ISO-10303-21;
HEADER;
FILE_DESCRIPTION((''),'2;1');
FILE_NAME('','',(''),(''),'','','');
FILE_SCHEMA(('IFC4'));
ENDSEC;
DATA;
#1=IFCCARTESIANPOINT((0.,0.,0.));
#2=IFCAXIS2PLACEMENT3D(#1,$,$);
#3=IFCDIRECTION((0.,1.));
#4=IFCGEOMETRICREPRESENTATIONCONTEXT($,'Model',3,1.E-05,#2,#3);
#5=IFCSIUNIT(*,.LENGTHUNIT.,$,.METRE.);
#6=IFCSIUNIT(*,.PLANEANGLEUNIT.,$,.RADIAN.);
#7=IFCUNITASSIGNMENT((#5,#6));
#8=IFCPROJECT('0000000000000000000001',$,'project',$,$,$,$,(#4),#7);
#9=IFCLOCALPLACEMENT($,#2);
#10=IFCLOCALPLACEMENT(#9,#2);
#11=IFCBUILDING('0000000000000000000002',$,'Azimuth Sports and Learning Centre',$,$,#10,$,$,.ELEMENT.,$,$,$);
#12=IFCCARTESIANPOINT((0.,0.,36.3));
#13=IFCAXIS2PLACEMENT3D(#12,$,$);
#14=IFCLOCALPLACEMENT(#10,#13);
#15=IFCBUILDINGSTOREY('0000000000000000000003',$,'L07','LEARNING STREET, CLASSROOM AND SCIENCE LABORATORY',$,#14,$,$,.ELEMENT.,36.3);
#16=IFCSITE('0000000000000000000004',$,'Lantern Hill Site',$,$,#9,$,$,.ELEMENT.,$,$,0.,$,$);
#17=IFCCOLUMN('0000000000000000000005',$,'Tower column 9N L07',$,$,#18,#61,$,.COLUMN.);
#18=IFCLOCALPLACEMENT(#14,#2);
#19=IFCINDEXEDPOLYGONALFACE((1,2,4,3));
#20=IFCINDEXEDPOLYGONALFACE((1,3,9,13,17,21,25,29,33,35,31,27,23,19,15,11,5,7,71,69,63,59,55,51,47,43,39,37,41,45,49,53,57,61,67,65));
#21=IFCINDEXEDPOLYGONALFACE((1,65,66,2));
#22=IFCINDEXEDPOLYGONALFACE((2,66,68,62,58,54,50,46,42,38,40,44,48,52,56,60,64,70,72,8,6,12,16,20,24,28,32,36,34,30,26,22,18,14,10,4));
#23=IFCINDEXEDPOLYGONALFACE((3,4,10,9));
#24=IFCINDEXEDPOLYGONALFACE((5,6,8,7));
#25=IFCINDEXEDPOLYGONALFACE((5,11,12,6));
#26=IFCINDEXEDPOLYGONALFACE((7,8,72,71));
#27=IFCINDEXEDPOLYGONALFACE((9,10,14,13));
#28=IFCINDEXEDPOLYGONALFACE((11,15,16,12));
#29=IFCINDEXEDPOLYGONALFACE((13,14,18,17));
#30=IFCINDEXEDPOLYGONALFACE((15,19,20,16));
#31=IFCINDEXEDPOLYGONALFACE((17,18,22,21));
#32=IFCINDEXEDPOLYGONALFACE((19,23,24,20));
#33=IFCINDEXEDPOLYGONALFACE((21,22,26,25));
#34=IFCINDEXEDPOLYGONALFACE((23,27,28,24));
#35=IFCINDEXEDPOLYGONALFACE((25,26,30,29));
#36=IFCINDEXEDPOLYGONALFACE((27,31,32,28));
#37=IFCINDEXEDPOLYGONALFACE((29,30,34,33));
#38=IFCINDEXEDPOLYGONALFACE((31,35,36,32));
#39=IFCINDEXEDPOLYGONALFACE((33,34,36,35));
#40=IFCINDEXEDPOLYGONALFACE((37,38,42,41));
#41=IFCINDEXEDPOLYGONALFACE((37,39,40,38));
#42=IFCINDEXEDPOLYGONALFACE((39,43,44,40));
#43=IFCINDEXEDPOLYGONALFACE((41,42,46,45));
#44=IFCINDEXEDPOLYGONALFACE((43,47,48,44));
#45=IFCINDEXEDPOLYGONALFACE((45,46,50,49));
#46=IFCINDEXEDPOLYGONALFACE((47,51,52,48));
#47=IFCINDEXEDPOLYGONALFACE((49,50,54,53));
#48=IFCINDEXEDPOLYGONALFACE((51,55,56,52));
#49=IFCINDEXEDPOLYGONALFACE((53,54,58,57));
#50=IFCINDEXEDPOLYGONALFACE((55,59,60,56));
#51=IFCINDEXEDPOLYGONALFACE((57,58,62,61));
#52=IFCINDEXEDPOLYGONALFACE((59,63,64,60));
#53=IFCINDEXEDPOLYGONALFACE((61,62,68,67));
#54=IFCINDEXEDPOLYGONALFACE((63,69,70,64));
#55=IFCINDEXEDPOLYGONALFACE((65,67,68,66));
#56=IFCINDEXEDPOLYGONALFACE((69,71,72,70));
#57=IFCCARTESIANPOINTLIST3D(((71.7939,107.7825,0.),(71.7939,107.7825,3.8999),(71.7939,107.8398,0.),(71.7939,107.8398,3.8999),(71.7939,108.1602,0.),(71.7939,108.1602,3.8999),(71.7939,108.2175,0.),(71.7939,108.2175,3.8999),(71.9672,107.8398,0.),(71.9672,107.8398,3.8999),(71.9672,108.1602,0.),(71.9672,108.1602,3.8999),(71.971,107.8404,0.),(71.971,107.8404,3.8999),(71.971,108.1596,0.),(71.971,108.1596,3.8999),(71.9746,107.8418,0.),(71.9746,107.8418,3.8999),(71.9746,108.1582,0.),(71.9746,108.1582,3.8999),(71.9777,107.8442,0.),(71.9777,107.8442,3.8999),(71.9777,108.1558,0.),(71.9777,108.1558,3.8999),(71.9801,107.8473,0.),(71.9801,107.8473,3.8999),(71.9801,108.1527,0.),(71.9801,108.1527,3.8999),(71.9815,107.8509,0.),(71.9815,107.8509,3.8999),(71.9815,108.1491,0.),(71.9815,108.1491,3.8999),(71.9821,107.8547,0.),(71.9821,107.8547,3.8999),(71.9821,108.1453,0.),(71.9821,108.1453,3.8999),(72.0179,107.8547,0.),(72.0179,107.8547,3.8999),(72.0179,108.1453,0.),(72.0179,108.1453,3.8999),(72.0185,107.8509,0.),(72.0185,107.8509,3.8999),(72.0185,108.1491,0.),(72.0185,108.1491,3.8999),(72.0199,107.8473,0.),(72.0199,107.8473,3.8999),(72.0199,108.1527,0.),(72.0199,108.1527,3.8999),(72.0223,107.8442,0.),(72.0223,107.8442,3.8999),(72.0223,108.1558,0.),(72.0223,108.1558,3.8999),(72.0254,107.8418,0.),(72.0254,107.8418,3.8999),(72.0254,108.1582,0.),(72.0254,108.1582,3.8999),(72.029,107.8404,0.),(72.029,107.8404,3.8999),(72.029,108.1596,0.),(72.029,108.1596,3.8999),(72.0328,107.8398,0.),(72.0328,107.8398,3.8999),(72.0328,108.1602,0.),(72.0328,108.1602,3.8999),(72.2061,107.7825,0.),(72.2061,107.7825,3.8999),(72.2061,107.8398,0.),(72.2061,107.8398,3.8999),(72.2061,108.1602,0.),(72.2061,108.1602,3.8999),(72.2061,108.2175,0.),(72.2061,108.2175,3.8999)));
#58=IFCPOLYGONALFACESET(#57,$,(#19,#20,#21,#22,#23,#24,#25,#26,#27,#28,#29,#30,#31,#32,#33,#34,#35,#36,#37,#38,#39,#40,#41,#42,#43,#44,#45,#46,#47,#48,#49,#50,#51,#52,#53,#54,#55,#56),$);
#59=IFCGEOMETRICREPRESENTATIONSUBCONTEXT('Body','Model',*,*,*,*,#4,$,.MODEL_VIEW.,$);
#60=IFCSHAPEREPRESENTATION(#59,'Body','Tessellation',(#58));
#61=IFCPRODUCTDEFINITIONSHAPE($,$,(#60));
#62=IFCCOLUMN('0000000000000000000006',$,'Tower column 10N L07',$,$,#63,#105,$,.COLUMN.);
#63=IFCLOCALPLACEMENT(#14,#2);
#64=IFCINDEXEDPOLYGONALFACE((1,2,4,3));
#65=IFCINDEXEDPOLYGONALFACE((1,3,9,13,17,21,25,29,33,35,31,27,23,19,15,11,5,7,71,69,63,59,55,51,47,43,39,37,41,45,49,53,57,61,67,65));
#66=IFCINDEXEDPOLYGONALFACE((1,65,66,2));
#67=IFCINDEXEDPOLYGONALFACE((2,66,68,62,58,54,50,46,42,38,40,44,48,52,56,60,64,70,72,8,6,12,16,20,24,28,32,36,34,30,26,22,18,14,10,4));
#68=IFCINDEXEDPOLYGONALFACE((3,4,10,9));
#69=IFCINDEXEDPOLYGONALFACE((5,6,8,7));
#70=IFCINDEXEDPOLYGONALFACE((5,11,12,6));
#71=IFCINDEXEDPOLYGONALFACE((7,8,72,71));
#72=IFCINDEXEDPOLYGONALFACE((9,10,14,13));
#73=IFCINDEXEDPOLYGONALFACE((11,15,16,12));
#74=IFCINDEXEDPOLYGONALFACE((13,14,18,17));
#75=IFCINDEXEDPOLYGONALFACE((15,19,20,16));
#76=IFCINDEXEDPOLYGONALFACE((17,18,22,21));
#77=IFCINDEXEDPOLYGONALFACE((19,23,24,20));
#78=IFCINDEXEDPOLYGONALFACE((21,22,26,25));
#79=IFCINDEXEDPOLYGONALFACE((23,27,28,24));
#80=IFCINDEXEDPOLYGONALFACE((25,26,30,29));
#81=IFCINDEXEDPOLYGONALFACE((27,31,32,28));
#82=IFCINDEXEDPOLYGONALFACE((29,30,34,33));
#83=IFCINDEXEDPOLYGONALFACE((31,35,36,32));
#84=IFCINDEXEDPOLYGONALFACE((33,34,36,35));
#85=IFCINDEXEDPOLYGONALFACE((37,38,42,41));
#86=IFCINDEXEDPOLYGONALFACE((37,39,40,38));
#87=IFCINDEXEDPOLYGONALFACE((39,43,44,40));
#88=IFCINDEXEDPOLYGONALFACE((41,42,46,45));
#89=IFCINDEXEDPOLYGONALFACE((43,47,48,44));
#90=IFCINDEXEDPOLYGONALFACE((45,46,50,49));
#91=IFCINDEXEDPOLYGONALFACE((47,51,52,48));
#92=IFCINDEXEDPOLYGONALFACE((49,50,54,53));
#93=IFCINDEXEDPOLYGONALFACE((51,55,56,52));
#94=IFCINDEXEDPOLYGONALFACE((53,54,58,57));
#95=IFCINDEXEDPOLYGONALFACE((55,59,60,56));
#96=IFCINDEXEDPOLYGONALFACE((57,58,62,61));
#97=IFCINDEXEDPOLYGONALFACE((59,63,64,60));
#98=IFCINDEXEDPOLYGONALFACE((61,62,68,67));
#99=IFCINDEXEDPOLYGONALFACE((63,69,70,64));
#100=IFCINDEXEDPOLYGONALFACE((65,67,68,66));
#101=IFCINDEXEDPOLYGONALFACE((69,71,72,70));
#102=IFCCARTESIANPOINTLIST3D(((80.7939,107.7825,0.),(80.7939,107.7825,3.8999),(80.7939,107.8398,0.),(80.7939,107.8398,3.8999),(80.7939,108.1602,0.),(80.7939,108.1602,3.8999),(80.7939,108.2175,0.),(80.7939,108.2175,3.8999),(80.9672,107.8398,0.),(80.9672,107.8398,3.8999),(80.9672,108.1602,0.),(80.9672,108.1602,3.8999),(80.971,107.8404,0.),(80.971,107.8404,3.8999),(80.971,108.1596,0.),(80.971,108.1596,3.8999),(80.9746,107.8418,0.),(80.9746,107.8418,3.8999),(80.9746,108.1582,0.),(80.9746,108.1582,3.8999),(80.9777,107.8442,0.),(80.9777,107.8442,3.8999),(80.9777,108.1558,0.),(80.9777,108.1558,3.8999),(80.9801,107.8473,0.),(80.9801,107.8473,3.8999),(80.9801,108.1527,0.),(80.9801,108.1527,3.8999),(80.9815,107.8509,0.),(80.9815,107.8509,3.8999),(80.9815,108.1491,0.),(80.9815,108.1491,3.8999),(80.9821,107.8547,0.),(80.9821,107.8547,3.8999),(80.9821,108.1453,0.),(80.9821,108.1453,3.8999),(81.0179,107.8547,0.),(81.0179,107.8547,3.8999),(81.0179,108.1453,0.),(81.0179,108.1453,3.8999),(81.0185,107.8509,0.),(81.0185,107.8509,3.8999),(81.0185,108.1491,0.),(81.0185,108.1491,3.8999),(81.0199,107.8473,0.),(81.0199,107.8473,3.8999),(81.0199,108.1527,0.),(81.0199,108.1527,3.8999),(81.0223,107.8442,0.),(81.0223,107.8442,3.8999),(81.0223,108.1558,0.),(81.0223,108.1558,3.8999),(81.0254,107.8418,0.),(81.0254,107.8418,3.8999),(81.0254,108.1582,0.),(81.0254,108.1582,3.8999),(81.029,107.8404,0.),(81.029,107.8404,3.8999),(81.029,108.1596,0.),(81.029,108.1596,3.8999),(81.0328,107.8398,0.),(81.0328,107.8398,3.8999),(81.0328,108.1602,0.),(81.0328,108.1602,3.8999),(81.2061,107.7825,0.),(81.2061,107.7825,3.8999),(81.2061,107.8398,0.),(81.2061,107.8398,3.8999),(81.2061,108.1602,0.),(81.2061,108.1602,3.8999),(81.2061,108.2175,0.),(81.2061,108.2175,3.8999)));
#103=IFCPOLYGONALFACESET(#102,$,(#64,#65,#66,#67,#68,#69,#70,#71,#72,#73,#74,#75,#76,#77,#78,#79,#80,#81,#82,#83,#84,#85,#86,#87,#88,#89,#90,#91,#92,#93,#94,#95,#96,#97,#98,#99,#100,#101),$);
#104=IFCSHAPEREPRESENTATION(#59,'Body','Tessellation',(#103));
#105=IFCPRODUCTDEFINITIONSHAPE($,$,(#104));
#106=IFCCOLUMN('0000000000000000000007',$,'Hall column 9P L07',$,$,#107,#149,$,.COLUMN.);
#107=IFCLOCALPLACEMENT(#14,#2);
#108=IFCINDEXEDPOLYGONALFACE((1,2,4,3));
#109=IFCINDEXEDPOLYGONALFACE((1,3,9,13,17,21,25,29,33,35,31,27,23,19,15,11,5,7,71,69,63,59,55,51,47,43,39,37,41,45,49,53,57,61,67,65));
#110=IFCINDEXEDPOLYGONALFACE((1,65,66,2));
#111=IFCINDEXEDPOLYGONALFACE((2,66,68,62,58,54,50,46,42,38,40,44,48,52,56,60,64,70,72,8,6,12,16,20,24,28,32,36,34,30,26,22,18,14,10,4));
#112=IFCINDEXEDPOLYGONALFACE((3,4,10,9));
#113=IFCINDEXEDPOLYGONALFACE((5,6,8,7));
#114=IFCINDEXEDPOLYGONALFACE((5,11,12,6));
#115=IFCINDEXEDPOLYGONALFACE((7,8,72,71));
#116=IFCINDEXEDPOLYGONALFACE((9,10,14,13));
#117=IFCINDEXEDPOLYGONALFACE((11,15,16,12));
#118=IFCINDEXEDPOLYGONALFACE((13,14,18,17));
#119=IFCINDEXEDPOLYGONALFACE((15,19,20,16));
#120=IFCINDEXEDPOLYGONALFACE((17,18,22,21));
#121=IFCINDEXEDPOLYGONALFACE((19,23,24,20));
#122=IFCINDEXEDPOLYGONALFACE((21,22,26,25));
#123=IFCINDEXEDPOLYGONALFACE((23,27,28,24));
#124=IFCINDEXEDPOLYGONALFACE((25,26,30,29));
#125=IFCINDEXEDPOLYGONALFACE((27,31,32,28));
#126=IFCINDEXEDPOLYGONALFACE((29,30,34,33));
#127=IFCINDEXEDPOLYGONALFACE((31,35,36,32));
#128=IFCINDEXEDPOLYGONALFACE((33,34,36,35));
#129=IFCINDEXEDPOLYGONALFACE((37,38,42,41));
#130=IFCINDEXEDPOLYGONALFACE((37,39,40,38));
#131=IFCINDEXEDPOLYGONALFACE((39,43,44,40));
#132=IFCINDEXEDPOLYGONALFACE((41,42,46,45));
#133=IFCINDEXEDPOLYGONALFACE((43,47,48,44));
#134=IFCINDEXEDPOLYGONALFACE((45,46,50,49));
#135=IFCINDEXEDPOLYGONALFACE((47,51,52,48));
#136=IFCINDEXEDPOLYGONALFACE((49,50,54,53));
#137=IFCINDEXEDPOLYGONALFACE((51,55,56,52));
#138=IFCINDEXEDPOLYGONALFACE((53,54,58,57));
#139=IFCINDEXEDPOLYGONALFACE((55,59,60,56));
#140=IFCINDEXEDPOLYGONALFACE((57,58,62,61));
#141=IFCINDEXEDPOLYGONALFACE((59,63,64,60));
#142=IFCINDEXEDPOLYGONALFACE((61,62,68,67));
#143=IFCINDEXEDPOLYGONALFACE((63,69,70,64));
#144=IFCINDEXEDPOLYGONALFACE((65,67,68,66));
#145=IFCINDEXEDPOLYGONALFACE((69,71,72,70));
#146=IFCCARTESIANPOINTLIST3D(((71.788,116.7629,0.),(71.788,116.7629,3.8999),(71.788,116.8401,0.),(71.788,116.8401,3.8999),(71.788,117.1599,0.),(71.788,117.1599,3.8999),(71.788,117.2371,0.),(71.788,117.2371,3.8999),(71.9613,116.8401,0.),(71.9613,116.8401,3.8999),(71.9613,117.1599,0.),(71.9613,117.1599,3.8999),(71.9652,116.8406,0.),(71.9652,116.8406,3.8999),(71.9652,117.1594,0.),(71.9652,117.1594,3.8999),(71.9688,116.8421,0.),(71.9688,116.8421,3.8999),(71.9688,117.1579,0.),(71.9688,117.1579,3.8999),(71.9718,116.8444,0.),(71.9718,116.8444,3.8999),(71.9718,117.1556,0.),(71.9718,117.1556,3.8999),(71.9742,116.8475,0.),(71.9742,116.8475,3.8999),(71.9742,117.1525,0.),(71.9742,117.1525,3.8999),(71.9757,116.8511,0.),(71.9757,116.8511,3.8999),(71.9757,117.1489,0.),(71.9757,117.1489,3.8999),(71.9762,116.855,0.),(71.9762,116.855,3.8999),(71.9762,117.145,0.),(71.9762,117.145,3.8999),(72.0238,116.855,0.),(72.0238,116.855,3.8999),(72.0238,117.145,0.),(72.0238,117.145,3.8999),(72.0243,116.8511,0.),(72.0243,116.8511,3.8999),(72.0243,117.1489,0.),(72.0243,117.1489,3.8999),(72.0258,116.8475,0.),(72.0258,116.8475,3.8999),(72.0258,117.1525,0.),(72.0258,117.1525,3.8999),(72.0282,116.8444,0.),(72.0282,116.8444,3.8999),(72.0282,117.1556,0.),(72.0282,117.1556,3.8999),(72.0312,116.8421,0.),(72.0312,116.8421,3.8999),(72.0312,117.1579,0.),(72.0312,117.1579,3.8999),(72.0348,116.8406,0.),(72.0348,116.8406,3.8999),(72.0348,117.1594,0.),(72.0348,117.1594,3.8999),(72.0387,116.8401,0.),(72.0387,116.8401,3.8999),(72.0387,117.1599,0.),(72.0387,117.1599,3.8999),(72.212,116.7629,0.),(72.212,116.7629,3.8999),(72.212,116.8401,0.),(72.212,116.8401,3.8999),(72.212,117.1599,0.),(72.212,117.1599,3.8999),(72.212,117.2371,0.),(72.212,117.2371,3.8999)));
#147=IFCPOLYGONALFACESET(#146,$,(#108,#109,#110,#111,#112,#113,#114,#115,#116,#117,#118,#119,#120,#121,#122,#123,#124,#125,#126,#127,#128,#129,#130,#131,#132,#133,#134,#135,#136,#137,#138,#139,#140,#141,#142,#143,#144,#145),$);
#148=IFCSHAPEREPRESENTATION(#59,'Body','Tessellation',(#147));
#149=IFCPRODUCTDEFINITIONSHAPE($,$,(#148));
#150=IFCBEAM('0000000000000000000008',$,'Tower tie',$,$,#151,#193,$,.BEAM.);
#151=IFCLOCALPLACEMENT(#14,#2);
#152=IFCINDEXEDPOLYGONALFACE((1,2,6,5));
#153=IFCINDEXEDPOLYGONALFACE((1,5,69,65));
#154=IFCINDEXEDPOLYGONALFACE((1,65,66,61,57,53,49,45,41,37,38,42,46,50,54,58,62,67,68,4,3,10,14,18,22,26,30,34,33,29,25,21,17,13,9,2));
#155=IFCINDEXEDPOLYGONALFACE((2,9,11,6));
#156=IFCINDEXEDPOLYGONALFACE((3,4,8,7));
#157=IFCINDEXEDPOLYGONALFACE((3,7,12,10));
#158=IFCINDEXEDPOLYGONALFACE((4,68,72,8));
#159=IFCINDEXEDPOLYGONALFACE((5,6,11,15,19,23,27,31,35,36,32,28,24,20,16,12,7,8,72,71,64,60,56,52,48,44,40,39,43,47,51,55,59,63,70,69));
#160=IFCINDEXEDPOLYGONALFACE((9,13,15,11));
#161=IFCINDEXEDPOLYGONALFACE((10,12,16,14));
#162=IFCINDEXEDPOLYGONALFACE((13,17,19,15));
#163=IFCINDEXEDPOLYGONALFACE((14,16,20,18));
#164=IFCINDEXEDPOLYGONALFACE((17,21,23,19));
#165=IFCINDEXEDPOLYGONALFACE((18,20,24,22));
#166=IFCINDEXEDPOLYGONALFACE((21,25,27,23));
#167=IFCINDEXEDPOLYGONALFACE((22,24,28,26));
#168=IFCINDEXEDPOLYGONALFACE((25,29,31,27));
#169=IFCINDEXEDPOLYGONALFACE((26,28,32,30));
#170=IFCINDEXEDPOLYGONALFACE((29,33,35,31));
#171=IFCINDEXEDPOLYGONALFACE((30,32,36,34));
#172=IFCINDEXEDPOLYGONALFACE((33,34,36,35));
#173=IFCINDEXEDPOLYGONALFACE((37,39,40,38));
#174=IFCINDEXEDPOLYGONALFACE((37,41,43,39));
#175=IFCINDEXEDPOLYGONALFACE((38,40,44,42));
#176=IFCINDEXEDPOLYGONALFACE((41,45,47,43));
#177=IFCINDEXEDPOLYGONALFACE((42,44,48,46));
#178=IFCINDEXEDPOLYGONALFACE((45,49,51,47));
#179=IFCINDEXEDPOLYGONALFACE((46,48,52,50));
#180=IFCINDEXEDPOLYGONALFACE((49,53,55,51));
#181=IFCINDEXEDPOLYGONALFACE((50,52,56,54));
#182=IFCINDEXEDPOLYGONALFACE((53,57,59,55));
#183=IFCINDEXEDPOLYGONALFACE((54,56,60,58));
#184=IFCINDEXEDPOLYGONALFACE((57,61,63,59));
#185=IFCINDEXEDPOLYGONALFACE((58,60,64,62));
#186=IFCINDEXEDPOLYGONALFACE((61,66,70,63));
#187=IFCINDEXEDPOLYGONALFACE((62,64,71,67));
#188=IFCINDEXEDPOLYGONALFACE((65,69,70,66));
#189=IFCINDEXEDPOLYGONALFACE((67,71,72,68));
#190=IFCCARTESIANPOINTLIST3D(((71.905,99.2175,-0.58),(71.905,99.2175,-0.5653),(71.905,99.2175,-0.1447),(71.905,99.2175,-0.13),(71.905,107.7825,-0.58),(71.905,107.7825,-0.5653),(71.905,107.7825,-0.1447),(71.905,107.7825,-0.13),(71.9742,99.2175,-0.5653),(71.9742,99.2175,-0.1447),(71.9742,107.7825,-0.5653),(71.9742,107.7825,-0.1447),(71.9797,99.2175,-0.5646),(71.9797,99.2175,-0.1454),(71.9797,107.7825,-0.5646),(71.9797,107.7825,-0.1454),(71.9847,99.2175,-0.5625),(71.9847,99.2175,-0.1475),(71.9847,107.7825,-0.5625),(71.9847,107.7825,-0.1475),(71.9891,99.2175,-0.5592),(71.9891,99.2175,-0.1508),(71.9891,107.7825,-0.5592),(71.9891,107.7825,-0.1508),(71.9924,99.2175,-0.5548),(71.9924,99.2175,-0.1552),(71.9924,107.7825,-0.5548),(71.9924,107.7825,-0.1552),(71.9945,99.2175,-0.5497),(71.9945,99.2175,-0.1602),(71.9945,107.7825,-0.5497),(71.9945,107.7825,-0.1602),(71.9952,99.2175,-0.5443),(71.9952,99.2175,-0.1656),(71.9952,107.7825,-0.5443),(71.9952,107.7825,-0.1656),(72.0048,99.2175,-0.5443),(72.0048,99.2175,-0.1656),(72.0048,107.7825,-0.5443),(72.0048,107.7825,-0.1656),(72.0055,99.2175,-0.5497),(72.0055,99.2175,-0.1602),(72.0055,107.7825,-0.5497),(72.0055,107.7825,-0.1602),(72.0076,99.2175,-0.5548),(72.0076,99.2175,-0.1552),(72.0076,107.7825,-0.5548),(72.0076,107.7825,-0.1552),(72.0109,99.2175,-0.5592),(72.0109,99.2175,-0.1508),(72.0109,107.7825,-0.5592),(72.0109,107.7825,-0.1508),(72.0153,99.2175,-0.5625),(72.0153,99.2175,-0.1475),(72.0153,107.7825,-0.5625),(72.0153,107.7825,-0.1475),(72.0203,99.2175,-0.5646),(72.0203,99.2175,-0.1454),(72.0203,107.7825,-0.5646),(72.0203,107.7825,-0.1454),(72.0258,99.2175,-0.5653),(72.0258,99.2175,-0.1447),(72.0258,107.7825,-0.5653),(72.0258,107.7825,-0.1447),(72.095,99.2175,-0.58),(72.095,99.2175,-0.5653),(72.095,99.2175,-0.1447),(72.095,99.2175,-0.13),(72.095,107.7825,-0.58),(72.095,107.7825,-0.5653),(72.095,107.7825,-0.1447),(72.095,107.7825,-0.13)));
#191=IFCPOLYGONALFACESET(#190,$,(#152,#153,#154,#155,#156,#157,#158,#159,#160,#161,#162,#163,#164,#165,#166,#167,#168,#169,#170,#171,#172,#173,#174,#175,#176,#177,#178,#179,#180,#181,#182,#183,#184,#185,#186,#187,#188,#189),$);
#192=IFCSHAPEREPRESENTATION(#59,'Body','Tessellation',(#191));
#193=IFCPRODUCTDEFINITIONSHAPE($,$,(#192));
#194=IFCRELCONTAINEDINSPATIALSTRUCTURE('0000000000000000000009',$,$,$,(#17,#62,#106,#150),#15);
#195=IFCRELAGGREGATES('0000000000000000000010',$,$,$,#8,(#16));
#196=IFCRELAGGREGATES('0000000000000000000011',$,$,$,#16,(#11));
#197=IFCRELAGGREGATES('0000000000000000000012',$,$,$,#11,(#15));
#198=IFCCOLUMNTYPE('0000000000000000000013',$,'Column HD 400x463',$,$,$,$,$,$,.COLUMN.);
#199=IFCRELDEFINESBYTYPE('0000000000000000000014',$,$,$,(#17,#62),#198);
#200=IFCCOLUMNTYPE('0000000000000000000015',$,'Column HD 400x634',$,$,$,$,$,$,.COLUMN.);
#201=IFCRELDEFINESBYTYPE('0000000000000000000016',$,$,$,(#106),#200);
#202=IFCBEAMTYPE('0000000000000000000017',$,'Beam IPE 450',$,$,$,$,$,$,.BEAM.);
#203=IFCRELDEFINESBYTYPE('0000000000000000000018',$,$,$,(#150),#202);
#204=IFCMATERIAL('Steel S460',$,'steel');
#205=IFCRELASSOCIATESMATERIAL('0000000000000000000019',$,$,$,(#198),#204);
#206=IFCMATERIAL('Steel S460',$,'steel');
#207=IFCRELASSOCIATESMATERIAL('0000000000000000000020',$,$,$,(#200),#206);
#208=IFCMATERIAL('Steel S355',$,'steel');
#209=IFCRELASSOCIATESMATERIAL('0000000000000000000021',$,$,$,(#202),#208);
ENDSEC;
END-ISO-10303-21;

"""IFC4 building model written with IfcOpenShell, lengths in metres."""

from ifc_helpers import new_model, si_unit, direction, frame, origin, origin_2d, place, context, subcontext, project, spatial, i_section, extrude, material, material_profile, profile_set, type_object, element, save


model = new_model("IFC4")

# Units and contexts
model_context = context("Model", 3, precision=1e-05, world=origin(), true_north=direction((0.0, 1.0)))
body_context = subcontext(model_context, "Body", "Model", "MODEL_VIEW")
ifc_project = project(units=[si_unit("LENGTHUNIT", "METRE"), si_unit("PLANEANGLEUNIT", "RADIAN")], contexts=[model_context])

# Site, building, storey
site_placement = place(None, origin())
site = spatial("IfcSite", under=ifc_project, at=site_placement, Name="Lantern Hill Site", CompositionType="ELEMENT", RefElevation=0.0)
building_placement = place(site_placement, origin())
building = spatial("IfcBuilding", under=site, at=building_placement, Name="Azimuth Sports and Learning Centre", CompositionType="ELEMENT")
storey_placement = place(building_placement, frame((0.0, 0.0, 36.3)))
storey = spatial("IfcBuildingStorey", under=building, at=storey_placement, Name="L07", Description="LEARNING STREET, CLASSROOM AND SCIENCE LABORATORY", CompositionType="ELEMENT", Elevation=36.3)

# Columns
ifc_material_1 = material(Name="Steel S460", Category="steel")
ifc_material_profile_1 = material_profile(ifc_material_1, i_section(OverallWidth=0.4121, OverallDepth=0.4351, WebThickness=0.0359, FlangeThickness=0.0574, FilletRadius=0.0149, at=origin_2d()), Name="HD 400x463")
ifc_profile_set_1 = profile_set([ifc_material_profile_1], Name="Steel S460")
column_type_1 = type_object("IfcColumnType", Name="Column HD 400x463", PredefinedType="COLUMN", material=ifc_profile_set_1)
for number, where, z_axis, x_axis, name in (
    (1, (72.0, 108.0, 0.0), (0.0, 0.0, 1.0), (1.0, 0.0, 0.0), "Tower column 9N L07"),
    (2, (81.0, 108.0, 0.0), (0.0, 0.0, 1.0), (1.0, 0.0, 0.0), "Tower column 10N L07"),
):
    element("IfcColumn", number, at=place(storey_placement, frame(where, z_axis=z_axis, x_axis=x_axis)), inside=storey, type_object=column_type_1, Name=name, PredefinedType="COLUMN", context=body_context, shape_type="SweptSolid", body=[
        extrude(i_section(OverallWidth=0.4121, OverallDepth=0.4351, WebThickness=0.0359, FlangeThickness=0.0574, FilletRadius=0.0149, at=origin_2d()), origin(), (0.0, 0.0, 1.0), 3.8999),
    ])
ifc_material_2 = material(Name="Steel S460", Category="steel")
ifc_material_profile_2 = material_profile(ifc_material_2, i_section(OverallWidth=0.4241, OverallDepth=0.4741, WebThickness=0.0476, FlangeThickness=0.0771, FilletRadius=0.0149, at=origin_2d()), Name="HD 400x634")
ifc_profile_set_2 = profile_set([ifc_material_profile_2], Name="Steel S460")
column_type_2 = type_object("IfcColumnType", Name="Column HD 400x634", PredefinedType="COLUMN", material=ifc_profile_set_2)
column_placement = place(storey_placement, frame((72.0, 117.0, 0.0), z_axis=(0.0, 0.0, 1.0), x_axis=(1.0, 0.0, 0.0)))
element("IfcColumn", 3, at=column_placement, inside=storey, type_object=column_type_2, Name="Hall column 9P L07", PredefinedType="COLUMN", context=body_context, shape_type="SweptSolid", body=[
    extrude(i_section(OverallWidth=0.4241, OverallDepth=0.4741, WebThickness=0.0476, FlangeThickness=0.0771, FilletRadius=0.0149, at=origin_2d()), origin(), (0.0, 0.0, 1.0), 3.8999),
])

# Beam
ifc_material_3 = material(Name="Steel S355", Category="steel")
ifc_material_profile_3 = material_profile(ifc_material_3, i_section(OverallWidth=0.1899, OverallDepth=0.45, WebThickness=0.0095, FlangeThickness=0.0146, FilletRadius=0.021, at=origin_2d()), Name="IPE 450")
ifc_profile_set_3 = profile_set([ifc_material_profile_3], Name="Steel S355")
beam_type_1 = type_object("IfcBeamType", Name="Beam IPE 450", PredefinedType="BEAM", material=ifc_profile_set_3)
beam_1_placement = place(storey_placement, frame((72.0, 99.2175, -0.355), z_axis=(0.0, 1.0, 0.0), x_axis=(-1.0, 0.0, 0.0)))
element("IfcBeam", 4, at=beam_1_placement, inside=storey, type_object=beam_type_1, Name="Tower tie", PredefinedType="BEAM", context=body_context, shape_type="SweptSolid", body=[
    extrude(i_section(OverallWidth=0.1899, OverallDepth=0.45, WebThickness=0.0095, FlangeThickness=0.0146, FilletRadius=0.021, at=origin_2d()), origin(), (0.0, 0.0, 1.0), 8.5649),
])

save(model, "model.ifc")
